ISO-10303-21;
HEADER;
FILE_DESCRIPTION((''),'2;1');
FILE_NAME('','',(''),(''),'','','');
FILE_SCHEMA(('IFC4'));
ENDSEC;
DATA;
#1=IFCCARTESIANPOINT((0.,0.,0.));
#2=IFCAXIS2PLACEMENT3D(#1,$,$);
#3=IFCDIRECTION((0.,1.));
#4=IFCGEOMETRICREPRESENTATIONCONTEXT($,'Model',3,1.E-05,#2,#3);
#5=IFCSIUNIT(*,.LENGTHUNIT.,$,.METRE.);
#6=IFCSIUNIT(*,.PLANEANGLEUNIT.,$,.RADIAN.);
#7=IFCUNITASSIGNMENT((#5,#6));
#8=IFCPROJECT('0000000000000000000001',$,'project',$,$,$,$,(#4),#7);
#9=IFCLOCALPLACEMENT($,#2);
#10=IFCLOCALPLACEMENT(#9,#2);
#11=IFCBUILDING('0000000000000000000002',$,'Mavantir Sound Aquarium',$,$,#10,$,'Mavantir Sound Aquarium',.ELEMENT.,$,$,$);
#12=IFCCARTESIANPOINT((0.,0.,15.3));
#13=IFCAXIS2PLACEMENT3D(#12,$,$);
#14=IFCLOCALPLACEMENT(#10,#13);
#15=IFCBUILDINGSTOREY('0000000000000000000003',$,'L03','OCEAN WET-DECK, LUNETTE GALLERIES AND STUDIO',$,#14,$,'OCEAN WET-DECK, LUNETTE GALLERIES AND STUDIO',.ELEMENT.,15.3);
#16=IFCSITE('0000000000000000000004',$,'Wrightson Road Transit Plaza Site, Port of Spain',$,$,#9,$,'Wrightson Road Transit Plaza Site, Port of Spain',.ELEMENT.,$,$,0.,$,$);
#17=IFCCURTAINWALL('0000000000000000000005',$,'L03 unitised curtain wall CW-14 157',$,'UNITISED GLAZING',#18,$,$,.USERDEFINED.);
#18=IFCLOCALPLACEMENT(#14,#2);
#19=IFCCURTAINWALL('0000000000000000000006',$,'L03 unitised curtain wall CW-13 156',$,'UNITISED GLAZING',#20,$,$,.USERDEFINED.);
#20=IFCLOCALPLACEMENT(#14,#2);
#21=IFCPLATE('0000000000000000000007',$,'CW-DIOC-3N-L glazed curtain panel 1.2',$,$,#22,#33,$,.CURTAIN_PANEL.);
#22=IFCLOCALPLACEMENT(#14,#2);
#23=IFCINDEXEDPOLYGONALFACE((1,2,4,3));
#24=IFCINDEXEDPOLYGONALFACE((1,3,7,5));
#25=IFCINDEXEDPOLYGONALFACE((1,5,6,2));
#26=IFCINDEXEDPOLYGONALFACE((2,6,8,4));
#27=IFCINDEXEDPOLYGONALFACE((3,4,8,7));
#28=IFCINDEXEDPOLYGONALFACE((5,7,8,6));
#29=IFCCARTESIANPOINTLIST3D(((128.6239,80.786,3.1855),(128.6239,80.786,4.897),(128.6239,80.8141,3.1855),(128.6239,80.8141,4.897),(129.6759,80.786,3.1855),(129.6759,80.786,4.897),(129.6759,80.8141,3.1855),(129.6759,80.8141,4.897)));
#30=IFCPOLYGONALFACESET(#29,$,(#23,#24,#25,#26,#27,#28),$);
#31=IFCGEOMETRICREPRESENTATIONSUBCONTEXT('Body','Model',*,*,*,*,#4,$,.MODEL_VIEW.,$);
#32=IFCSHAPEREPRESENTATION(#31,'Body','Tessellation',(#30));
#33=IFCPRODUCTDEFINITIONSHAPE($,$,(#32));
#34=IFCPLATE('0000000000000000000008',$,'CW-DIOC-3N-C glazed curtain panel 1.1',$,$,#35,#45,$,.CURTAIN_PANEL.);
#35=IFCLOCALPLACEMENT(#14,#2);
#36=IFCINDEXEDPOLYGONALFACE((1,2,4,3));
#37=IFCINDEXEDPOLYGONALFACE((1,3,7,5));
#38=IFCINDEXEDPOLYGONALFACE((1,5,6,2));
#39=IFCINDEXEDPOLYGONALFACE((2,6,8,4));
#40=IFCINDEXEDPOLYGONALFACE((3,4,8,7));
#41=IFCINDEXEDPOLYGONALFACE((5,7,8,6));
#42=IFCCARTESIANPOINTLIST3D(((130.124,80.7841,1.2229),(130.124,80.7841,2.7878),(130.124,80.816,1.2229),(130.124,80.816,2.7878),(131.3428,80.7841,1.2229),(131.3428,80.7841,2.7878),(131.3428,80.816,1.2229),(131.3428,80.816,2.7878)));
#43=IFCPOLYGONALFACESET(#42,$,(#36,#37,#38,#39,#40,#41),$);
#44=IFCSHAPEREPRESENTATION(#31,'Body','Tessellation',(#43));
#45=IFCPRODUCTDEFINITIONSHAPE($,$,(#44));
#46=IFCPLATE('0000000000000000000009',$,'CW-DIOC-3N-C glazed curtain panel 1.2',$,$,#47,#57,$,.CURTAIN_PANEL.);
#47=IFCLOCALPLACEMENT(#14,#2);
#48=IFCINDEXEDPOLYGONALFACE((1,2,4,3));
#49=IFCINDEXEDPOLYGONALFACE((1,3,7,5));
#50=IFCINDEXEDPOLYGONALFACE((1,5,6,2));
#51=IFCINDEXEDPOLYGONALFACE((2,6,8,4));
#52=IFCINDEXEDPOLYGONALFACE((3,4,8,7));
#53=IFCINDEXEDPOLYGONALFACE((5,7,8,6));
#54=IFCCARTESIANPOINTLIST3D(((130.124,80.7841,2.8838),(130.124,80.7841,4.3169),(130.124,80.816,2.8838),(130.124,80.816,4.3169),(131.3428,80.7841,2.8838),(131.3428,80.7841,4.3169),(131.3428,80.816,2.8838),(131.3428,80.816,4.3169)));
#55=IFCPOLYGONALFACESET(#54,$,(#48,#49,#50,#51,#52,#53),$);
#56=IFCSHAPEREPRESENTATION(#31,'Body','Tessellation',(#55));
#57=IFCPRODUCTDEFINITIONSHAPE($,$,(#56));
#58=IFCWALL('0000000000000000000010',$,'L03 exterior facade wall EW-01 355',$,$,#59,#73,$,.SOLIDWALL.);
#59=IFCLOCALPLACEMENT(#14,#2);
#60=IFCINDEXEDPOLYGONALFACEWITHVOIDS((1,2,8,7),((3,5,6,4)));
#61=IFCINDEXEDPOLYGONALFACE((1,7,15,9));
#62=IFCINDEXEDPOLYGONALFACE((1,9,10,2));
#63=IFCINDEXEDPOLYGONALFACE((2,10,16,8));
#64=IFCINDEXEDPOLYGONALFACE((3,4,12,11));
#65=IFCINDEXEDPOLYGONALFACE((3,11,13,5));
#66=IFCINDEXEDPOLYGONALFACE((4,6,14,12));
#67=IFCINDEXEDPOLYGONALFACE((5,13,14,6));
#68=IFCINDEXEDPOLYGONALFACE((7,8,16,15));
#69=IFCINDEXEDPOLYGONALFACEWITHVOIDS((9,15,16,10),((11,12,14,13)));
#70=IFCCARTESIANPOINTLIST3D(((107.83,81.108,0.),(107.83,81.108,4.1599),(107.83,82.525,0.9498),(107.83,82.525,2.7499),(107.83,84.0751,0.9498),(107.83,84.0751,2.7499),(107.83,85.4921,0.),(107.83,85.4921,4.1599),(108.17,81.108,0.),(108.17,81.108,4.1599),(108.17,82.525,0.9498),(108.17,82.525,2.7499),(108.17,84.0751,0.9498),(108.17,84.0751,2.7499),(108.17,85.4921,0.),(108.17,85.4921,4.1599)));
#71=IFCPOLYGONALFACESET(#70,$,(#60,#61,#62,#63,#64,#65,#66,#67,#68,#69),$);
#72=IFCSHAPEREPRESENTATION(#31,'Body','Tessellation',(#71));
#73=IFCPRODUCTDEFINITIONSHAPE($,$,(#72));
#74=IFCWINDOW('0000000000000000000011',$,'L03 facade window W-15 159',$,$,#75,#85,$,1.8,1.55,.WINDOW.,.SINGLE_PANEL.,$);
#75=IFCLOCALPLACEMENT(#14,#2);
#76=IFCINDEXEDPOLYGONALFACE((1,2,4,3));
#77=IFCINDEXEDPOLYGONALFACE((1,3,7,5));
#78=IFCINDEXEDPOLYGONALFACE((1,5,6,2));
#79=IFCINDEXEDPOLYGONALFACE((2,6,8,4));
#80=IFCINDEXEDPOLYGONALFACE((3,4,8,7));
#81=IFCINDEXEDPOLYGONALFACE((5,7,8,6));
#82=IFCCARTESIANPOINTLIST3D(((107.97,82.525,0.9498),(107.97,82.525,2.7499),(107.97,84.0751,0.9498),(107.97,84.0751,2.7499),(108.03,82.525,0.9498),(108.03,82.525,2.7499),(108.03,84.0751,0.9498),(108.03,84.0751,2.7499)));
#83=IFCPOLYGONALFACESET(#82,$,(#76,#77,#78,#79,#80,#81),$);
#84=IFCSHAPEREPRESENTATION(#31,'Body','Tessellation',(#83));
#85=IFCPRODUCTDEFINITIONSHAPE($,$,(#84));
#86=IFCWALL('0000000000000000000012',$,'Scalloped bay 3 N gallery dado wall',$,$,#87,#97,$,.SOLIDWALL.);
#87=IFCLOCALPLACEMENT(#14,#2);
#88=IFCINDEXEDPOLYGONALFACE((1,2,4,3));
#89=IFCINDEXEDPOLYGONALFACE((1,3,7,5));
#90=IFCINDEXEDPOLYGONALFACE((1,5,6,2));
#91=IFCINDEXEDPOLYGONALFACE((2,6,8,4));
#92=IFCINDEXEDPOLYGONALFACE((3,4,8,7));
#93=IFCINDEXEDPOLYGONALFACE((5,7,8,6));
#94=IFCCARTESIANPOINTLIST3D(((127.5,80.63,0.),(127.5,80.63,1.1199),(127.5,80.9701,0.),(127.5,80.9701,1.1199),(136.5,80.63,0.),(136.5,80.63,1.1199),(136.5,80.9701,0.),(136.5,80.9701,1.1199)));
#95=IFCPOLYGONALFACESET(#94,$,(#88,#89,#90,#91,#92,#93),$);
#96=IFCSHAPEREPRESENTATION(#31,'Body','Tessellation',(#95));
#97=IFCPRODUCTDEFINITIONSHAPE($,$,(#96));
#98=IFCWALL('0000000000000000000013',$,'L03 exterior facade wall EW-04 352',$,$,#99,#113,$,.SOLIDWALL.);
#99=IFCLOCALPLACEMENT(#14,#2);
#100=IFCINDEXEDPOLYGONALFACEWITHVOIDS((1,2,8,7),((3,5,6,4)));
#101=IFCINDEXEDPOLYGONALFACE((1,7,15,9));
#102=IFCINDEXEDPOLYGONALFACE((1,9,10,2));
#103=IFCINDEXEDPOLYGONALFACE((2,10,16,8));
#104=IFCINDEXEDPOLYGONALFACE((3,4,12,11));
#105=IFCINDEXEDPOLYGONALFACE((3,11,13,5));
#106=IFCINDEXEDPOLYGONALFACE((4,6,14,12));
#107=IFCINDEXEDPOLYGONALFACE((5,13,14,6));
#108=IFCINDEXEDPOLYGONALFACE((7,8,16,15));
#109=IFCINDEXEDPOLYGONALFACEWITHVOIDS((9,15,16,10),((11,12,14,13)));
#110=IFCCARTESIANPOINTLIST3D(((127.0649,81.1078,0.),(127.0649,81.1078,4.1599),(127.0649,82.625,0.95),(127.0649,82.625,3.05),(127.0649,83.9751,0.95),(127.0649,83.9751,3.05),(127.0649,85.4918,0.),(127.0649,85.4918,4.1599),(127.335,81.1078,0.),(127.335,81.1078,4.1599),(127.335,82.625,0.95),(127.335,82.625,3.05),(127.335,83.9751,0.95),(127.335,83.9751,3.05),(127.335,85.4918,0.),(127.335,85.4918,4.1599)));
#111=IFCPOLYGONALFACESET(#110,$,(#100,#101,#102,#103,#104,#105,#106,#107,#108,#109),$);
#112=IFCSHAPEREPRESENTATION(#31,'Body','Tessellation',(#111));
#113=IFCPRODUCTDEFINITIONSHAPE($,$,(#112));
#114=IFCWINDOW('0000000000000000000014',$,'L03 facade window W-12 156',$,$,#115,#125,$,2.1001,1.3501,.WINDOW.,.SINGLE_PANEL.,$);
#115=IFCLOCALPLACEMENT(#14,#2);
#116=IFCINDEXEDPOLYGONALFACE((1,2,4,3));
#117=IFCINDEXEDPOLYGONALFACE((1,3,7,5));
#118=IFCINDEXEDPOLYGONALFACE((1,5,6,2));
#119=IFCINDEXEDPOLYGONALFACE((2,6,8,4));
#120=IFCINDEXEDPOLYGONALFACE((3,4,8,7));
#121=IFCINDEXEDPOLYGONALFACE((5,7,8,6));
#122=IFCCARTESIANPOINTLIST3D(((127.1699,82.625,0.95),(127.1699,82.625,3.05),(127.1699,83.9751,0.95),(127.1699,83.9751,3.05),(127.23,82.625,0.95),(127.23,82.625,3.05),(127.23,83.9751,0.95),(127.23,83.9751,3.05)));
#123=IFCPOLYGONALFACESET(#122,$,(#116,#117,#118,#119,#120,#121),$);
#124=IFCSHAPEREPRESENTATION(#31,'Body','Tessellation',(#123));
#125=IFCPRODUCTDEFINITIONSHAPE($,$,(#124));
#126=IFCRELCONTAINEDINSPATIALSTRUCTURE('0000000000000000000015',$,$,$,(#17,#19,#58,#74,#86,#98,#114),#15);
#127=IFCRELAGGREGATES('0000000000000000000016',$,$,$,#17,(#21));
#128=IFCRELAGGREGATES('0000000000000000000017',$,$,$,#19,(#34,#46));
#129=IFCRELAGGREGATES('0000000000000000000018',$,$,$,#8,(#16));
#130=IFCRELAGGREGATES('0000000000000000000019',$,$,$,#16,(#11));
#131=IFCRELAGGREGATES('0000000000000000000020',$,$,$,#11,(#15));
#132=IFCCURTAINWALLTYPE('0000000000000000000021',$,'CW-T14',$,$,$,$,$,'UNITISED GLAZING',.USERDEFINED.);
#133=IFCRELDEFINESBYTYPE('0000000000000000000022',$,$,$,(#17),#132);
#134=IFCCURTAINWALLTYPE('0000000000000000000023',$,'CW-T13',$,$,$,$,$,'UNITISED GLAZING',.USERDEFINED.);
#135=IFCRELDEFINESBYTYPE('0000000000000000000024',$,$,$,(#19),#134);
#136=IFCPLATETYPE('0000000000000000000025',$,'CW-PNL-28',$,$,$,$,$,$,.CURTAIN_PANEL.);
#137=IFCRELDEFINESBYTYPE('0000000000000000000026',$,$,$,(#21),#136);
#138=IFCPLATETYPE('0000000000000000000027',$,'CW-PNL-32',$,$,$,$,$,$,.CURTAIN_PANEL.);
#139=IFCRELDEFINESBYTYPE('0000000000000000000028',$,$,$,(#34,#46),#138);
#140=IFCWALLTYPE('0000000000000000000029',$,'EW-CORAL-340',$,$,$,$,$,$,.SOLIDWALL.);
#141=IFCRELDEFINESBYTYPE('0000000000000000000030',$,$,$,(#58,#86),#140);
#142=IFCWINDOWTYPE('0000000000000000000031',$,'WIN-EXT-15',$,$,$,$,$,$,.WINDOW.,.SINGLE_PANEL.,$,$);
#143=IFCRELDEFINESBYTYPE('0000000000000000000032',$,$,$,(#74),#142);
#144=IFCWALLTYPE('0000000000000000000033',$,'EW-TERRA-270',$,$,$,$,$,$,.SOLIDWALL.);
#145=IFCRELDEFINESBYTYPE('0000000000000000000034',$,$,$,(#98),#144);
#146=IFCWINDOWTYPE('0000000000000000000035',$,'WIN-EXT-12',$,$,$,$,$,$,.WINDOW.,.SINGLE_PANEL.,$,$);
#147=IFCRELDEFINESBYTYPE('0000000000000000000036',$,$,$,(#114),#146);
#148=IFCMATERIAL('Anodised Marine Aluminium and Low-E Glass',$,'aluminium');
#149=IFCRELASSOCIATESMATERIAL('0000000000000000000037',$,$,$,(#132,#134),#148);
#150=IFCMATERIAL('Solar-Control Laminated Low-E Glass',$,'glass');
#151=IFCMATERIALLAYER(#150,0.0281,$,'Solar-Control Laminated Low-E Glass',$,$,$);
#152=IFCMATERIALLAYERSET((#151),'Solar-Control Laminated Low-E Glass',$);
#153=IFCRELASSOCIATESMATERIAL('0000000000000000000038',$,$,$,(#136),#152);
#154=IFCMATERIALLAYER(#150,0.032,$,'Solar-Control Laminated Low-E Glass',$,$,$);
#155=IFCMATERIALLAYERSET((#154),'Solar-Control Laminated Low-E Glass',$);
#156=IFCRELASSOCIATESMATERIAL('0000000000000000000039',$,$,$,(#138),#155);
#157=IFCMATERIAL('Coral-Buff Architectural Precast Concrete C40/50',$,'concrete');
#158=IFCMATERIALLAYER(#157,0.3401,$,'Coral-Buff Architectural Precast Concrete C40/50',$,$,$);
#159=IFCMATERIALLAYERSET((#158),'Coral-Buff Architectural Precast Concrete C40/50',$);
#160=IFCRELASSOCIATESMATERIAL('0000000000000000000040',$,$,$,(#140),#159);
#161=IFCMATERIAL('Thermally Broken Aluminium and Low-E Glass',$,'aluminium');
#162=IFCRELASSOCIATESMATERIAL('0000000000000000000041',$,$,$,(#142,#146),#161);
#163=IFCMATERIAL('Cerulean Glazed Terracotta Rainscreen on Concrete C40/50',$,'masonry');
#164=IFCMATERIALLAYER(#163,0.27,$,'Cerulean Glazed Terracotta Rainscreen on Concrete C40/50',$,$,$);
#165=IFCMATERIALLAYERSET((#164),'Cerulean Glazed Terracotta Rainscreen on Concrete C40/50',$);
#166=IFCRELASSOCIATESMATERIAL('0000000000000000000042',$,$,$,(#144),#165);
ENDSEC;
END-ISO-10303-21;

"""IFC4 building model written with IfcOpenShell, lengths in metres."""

from ifc_helpers import new_model, si_unit, direction, frame, frame_2d, origin, origin_2d, place, context, subcontext, project, spatial, rectangle, extrude, material, layer, layer_set, type_object, element, fill, aggregate, save


model = new_model("IFC4")

# Units and contexts
model_context = context("Model", 3, precision=1e-05, world=origin(), true_north=direction((0.0, 1.0)))
body_context = subcontext(model_context, "Body", "Model", "MODEL_VIEW")
ifc_project = project(units=[si_unit("LENGTHUNIT", "METRE"), si_unit("PLANEANGLEUNIT", "RADIAN")], contexts=[model_context])

# Site, building, storey
site_placement = place(None, origin())
site = spatial("IfcSite", under=ifc_project, at=site_placement, Name="Wrightson Road Transit Plaza Site, Port of Spain", LongName="Wrightson Road Transit Plaza Site, Port of Spain", CompositionType="ELEMENT", RefElevation=0.0)
building_placement = place(site_placement, origin())
building = spatial("IfcBuilding", under=site, at=building_placement, Name="Mavantir Sound Aquarium", LongName="Mavantir Sound Aquarium", CompositionType="ELEMENT")
storey_placement = place(building_placement, frame((0.0, 0.0, 15.3)))
storey = spatial("IfcBuildingStorey", under=building, at=storey_placement, Name="L03", Description="OCEAN WET-DECK, LUNETTE GALLERIES AND STUDIO", LongName="OCEAN WET-DECK, LUNETTE GALLERIES AND STUDIO", CompositionType="ELEMENT", Elevation=15.3)

# Curtain walls
ifc_material_1 = material(Name="Anodised Marine Aluminium and Low-E Glass", Category="aluminium")
curtain_wall_type_1 = type_object("IfcCurtainWallType", Name="CW-T14", ElementType="UNITISED GLAZING", PredefinedType="USERDEFINED", material=ifc_material_1)
curtain_wall_1_placement = place(storey_placement, origin())
curtain_wall_1 = element("IfcCurtainWall", 1, at=curtain_wall_1_placement, inside=storey, type_object=curtain_wall_type_1, Name="L03 unitised curtain wall CW-14 157", ObjectType="UNITISED GLAZING", PredefinedType="USERDEFINED")
curtain_wall_type_2 = type_object("IfcCurtainWallType", Name="CW-T13", ElementType="UNITISED GLAZING", PredefinedType="USERDEFINED", material=ifc_material_1)
curtain_wall_2_placement = place(storey_placement, origin())
curtain_wall_2 = element("IfcCurtainWall", 2, at=curtain_wall_2_placement, inside=storey, type_object=curtain_wall_type_2, Name="L03 unitised curtain wall CW-13 156", ObjectType="UNITISED GLAZING", PredefinedType="USERDEFINED")

# Plates
ifc_material_2 = material(Name="Solar-Control Laminated Low-E Glass", Category="glass")
ifc_layer_1 = layer(ifc_material_2, 0.0281, Name="Solar-Control Laminated Low-E Glass")
ifc_layer_set_1 = layer_set([ifc_layer_1], Name="Solar-Control Laminated Low-E Glass")
plate_type_1 = type_object("IfcPlateType", Name="CW-PNL-28", PredefinedType="CURTAIN_PANEL", material=ifc_layer_set_1)
plate_1_placement = place(storey_placement, frame((129.1499, 80.8, 3.1855), z_axis=(0.0, 0.0, 1.0), x_axis=(1.0, 0.0, 0.0)))
plate_1 = element("IfcPlate", 3, at=plate_1_placement, type_object=plate_type_1, Name="CW-DIOC-3N-L glazed curtain panel 1.2", PredefinedType="CURTAIN_PANEL", context=body_context, shape_type="SweptSolid", body=[
    extrude(rectangle(XDim=1.052, YDim=0.0281, at=origin_2d()), origin(), (0.0, 0.0, 1.0), 1.7114),
])
aggregate(curtain_wall_1, [plate_1])
ifc_layer_2 = layer(ifc_material_2, 0.032, Name="Solar-Control Laminated Low-E Glass")
ifc_layer_set_2 = layer_set([ifc_layer_2], Name="Solar-Control Laminated Low-E Glass")
plate_type_2 = type_object("IfcPlateType", Name="CW-PNL-32", PredefinedType="CURTAIN_PANEL", material=ifc_layer_set_2)
plate_2_placement = place(storey_placement, frame((130.7334, 80.8, 1.2229), z_axis=(0.0, 0.0, 1.0), x_axis=(1.0, 0.0, 0.0)))
plate_2 = element("IfcPlate", 4, at=plate_2_placement, type_object=plate_type_2, Name="CW-DIOC-3N-C glazed curtain panel 1.1", PredefinedType="CURTAIN_PANEL", context=body_context, shape_type="SweptSolid", body=[
    extrude(rectangle(XDim=1.2188, YDim=0.032, at=origin_2d()), origin(), (0.0, 0.0, 1.0), 1.5649),
])
plate_3_placement = place(storey_placement, frame((130.7334, 80.8, 2.8838), z_axis=(0.0, 0.0, 1.0), x_axis=(1.0, 0.0, 0.0)))
plate_3 = element("IfcPlate", 5, at=plate_3_placement, type_object=plate_type_2, Name="CW-DIOC-3N-C glazed curtain panel 1.2", PredefinedType="CURTAIN_PANEL", context=body_context, shape_type="SweptSolid", body=[
    extrude(rectangle(XDim=1.2188, YDim=0.032, at=origin_2d()), origin(), (0.0, 0.0, 1.0), 1.4331),
])
aggregate(curtain_wall_2, [plate_2, plate_3])

# Wall, opening, window
ifc_material_3 = material(Name="Coral-Buff Architectural Precast Concrete C40/50", Category="concrete")
ifc_layer_3 = layer(ifc_material_3, 0.3401, Name="Coral-Buff Architectural Precast Concrete C40/50")
ifc_layer_set_3 = layer_set([ifc_layer_3], Name="Coral-Buff Architectural Precast Concrete C40/50")
wall_type_1 = type_object("IfcWallType", Name="EW-CORAL-340", PredefinedType="SOLIDWALL", material=ifc_layer_set_3)
wall_1_placement = place(storey_placement, frame((108.0, 85.4919, 0.0), z_axis=(0.0, 0.0, 1.0), x_axis=(0.0, -1.0, 0.0)))
wall_1 = element("IfcWall", 6, at=wall_1_placement, inside=storey, type_object=wall_type_1, Name="L03 exterior facade wall EW-01 355", PredefinedType="SOLIDWALL", context=body_context, shape_type="SweptSolid", body=[
    extrude(rectangle(XDim=4.384, YDim=0.3401, at=frame_2d((2.1919, 0.0))), origin(), (0.0, 0.0, 1.0), 4.1599),
])
opening_1_placement = place(wall_1_placement, frame((1.417, 0.0, 0.95)))
opening_1 = element("IfcOpeningElement", 7, at=opening_1_placement, cuts=wall_1, PredefinedType="OPENING", context=body_context, shape_type="SweptSolid", body=[
    extrude(rectangle(XDim=1.55, YDim=1.8, at=frame_2d((0.7749, 0.8999))), frame((0.0, 0.1802, 0.0), z_axis=(0.0, -1.0, 0.0), x_axis=(1.0, 0.0, 0.0)), (0.0, 0.0, 1.0), 0.3601),
])
ifc_material_4 = material(Name="Thermally Broken Aluminium and Low-E Glass", Category="aluminium")
window_type_1 = type_object("IfcWindowType", Name="WIN-EXT-15", PartitioningType="SINGLE_PANEL", PredefinedType="WINDOW", material=ifc_material_4)
window_1_placement = place(opening_1_placement, origin())
window_1 = element("IfcWindow", 8, at=window_1_placement, inside=storey, type_object=window_type_1, Name="L03 facade window W-15 159", OverallHeight=1.8, OverallWidth=1.55, PartitioningType="SINGLE_PANEL", PredefinedType="WINDOW", context=body_context, shape_type="SweptSolid", body=[
    extrude(rectangle(XDim=1.55, YDim=1.8, at=frame_2d((0.7749, 0.8999))), frame((0.0, 0.03, 0.0), z_axis=(0.0, -1.0, 0.0), x_axis=(1.0, 0.0, 0.0)), (0.0, 0.0, 1.0), 0.0601),
])
fill(opening_1, window_1)

# Wall
wall_2_placement = place(storey_placement, frame((127.5, 80.8, 0.0), z_axis=(0.0, 0.0, 1.0), x_axis=(1.0, 0.0, 0.0)))
element("IfcWall", 9, at=wall_2_placement, inside=storey, type_object=wall_type_1, Name="Scalloped bay 3 N gallery dado wall", PredefinedType="SOLIDWALL", context=body_context, shape_type="SweptSolid", body=[
    extrude(rectangle(XDim=9.0, YDim=0.3401, at=frame_2d((4.5, 0.0))), origin(), (0.0, 0.0, 1.0), 1.1199),
])

# Wall, opening, window
ifc_material_5 = material(Name="Cerulean Glazed Terracotta Rainscreen on Concrete C40/50", Category="masonry")
ifc_layer_4 = layer(ifc_material_5, 0.27, Name="Cerulean Glazed Terracotta Rainscreen on Concrete C40/50")
ifc_layer_set_4 = layer_set([ifc_layer_4], Name="Cerulean Glazed Terracotta Rainscreen on Concrete C40/50")
wall_type_2 = type_object("IfcWallType", Name="EW-TERRA-270", PredefinedType="SOLIDWALL", material=ifc_layer_set_4)
wall_3_placement = place(storey_placement, frame((127.2, 81.1079, 0.0), z_axis=(0.0, 0.0, 1.0), x_axis=(0.0, 1.0, 0.0)))
wall_3 = element("IfcWall", 10, at=wall_3_placement, inside=storey, type_object=wall_type_2, Name="L03 exterior facade wall EW-04 352", PredefinedType="SOLIDWALL", context=body_context, shape_type="SweptSolid", body=[
    extrude(rectangle(XDim=4.384, YDim=0.27, at=frame_2d((2.1919, 0.0))), origin(), (0.0, 0.0, 1.0), 4.1599),
])
opening_2_placement = place(wall_3_placement, frame((1.5171, 0.0, 0.95)))
opening_2 = element("IfcOpeningElement", 11, at=opening_2_placement, cuts=wall_3, PredefinedType="OPENING", context=body_context, shape_type="SweptSolid", body=[
    extrude(rectangle(XDim=1.3501, YDim=2.1001, at=frame_2d((0.675, 1.05))), frame((0.0, 0.145, 0.0), z_axis=(0.0, -1.0, 0.0), x_axis=(1.0, 0.0, 0.0)), (0.0, 0.0, 1.0), 0.29),
])
window_type_2 = type_object("IfcWindowType", Name="WIN-EXT-12", PartitioningType="SINGLE_PANEL", PredefinedType="WINDOW", material=ifc_material_4)
window_2_placement = place(opening_2_placement, origin())
window_2 = element("IfcWindow", 12, at=window_2_placement, inside=storey, type_object=window_type_2, Name="L03 facade window W-12 156", OverallHeight=2.1001, OverallWidth=1.3501, PartitioningType="SINGLE_PANEL", PredefinedType="WINDOW", context=body_context, shape_type="SweptSolid", body=[
    extrude(rectangle(XDim=1.3501, YDim=2.1001, at=frame_2d((0.675, 1.05))), frame((0.0, 0.03, 0.0), z_axis=(0.0, -1.0, 0.0), x_axis=(1.0, 0.0, 0.0)), (0.0, 0.0, 1.0), 0.0601),
])
fill(opening_2, window_2)

save(model, "model.ifc")
